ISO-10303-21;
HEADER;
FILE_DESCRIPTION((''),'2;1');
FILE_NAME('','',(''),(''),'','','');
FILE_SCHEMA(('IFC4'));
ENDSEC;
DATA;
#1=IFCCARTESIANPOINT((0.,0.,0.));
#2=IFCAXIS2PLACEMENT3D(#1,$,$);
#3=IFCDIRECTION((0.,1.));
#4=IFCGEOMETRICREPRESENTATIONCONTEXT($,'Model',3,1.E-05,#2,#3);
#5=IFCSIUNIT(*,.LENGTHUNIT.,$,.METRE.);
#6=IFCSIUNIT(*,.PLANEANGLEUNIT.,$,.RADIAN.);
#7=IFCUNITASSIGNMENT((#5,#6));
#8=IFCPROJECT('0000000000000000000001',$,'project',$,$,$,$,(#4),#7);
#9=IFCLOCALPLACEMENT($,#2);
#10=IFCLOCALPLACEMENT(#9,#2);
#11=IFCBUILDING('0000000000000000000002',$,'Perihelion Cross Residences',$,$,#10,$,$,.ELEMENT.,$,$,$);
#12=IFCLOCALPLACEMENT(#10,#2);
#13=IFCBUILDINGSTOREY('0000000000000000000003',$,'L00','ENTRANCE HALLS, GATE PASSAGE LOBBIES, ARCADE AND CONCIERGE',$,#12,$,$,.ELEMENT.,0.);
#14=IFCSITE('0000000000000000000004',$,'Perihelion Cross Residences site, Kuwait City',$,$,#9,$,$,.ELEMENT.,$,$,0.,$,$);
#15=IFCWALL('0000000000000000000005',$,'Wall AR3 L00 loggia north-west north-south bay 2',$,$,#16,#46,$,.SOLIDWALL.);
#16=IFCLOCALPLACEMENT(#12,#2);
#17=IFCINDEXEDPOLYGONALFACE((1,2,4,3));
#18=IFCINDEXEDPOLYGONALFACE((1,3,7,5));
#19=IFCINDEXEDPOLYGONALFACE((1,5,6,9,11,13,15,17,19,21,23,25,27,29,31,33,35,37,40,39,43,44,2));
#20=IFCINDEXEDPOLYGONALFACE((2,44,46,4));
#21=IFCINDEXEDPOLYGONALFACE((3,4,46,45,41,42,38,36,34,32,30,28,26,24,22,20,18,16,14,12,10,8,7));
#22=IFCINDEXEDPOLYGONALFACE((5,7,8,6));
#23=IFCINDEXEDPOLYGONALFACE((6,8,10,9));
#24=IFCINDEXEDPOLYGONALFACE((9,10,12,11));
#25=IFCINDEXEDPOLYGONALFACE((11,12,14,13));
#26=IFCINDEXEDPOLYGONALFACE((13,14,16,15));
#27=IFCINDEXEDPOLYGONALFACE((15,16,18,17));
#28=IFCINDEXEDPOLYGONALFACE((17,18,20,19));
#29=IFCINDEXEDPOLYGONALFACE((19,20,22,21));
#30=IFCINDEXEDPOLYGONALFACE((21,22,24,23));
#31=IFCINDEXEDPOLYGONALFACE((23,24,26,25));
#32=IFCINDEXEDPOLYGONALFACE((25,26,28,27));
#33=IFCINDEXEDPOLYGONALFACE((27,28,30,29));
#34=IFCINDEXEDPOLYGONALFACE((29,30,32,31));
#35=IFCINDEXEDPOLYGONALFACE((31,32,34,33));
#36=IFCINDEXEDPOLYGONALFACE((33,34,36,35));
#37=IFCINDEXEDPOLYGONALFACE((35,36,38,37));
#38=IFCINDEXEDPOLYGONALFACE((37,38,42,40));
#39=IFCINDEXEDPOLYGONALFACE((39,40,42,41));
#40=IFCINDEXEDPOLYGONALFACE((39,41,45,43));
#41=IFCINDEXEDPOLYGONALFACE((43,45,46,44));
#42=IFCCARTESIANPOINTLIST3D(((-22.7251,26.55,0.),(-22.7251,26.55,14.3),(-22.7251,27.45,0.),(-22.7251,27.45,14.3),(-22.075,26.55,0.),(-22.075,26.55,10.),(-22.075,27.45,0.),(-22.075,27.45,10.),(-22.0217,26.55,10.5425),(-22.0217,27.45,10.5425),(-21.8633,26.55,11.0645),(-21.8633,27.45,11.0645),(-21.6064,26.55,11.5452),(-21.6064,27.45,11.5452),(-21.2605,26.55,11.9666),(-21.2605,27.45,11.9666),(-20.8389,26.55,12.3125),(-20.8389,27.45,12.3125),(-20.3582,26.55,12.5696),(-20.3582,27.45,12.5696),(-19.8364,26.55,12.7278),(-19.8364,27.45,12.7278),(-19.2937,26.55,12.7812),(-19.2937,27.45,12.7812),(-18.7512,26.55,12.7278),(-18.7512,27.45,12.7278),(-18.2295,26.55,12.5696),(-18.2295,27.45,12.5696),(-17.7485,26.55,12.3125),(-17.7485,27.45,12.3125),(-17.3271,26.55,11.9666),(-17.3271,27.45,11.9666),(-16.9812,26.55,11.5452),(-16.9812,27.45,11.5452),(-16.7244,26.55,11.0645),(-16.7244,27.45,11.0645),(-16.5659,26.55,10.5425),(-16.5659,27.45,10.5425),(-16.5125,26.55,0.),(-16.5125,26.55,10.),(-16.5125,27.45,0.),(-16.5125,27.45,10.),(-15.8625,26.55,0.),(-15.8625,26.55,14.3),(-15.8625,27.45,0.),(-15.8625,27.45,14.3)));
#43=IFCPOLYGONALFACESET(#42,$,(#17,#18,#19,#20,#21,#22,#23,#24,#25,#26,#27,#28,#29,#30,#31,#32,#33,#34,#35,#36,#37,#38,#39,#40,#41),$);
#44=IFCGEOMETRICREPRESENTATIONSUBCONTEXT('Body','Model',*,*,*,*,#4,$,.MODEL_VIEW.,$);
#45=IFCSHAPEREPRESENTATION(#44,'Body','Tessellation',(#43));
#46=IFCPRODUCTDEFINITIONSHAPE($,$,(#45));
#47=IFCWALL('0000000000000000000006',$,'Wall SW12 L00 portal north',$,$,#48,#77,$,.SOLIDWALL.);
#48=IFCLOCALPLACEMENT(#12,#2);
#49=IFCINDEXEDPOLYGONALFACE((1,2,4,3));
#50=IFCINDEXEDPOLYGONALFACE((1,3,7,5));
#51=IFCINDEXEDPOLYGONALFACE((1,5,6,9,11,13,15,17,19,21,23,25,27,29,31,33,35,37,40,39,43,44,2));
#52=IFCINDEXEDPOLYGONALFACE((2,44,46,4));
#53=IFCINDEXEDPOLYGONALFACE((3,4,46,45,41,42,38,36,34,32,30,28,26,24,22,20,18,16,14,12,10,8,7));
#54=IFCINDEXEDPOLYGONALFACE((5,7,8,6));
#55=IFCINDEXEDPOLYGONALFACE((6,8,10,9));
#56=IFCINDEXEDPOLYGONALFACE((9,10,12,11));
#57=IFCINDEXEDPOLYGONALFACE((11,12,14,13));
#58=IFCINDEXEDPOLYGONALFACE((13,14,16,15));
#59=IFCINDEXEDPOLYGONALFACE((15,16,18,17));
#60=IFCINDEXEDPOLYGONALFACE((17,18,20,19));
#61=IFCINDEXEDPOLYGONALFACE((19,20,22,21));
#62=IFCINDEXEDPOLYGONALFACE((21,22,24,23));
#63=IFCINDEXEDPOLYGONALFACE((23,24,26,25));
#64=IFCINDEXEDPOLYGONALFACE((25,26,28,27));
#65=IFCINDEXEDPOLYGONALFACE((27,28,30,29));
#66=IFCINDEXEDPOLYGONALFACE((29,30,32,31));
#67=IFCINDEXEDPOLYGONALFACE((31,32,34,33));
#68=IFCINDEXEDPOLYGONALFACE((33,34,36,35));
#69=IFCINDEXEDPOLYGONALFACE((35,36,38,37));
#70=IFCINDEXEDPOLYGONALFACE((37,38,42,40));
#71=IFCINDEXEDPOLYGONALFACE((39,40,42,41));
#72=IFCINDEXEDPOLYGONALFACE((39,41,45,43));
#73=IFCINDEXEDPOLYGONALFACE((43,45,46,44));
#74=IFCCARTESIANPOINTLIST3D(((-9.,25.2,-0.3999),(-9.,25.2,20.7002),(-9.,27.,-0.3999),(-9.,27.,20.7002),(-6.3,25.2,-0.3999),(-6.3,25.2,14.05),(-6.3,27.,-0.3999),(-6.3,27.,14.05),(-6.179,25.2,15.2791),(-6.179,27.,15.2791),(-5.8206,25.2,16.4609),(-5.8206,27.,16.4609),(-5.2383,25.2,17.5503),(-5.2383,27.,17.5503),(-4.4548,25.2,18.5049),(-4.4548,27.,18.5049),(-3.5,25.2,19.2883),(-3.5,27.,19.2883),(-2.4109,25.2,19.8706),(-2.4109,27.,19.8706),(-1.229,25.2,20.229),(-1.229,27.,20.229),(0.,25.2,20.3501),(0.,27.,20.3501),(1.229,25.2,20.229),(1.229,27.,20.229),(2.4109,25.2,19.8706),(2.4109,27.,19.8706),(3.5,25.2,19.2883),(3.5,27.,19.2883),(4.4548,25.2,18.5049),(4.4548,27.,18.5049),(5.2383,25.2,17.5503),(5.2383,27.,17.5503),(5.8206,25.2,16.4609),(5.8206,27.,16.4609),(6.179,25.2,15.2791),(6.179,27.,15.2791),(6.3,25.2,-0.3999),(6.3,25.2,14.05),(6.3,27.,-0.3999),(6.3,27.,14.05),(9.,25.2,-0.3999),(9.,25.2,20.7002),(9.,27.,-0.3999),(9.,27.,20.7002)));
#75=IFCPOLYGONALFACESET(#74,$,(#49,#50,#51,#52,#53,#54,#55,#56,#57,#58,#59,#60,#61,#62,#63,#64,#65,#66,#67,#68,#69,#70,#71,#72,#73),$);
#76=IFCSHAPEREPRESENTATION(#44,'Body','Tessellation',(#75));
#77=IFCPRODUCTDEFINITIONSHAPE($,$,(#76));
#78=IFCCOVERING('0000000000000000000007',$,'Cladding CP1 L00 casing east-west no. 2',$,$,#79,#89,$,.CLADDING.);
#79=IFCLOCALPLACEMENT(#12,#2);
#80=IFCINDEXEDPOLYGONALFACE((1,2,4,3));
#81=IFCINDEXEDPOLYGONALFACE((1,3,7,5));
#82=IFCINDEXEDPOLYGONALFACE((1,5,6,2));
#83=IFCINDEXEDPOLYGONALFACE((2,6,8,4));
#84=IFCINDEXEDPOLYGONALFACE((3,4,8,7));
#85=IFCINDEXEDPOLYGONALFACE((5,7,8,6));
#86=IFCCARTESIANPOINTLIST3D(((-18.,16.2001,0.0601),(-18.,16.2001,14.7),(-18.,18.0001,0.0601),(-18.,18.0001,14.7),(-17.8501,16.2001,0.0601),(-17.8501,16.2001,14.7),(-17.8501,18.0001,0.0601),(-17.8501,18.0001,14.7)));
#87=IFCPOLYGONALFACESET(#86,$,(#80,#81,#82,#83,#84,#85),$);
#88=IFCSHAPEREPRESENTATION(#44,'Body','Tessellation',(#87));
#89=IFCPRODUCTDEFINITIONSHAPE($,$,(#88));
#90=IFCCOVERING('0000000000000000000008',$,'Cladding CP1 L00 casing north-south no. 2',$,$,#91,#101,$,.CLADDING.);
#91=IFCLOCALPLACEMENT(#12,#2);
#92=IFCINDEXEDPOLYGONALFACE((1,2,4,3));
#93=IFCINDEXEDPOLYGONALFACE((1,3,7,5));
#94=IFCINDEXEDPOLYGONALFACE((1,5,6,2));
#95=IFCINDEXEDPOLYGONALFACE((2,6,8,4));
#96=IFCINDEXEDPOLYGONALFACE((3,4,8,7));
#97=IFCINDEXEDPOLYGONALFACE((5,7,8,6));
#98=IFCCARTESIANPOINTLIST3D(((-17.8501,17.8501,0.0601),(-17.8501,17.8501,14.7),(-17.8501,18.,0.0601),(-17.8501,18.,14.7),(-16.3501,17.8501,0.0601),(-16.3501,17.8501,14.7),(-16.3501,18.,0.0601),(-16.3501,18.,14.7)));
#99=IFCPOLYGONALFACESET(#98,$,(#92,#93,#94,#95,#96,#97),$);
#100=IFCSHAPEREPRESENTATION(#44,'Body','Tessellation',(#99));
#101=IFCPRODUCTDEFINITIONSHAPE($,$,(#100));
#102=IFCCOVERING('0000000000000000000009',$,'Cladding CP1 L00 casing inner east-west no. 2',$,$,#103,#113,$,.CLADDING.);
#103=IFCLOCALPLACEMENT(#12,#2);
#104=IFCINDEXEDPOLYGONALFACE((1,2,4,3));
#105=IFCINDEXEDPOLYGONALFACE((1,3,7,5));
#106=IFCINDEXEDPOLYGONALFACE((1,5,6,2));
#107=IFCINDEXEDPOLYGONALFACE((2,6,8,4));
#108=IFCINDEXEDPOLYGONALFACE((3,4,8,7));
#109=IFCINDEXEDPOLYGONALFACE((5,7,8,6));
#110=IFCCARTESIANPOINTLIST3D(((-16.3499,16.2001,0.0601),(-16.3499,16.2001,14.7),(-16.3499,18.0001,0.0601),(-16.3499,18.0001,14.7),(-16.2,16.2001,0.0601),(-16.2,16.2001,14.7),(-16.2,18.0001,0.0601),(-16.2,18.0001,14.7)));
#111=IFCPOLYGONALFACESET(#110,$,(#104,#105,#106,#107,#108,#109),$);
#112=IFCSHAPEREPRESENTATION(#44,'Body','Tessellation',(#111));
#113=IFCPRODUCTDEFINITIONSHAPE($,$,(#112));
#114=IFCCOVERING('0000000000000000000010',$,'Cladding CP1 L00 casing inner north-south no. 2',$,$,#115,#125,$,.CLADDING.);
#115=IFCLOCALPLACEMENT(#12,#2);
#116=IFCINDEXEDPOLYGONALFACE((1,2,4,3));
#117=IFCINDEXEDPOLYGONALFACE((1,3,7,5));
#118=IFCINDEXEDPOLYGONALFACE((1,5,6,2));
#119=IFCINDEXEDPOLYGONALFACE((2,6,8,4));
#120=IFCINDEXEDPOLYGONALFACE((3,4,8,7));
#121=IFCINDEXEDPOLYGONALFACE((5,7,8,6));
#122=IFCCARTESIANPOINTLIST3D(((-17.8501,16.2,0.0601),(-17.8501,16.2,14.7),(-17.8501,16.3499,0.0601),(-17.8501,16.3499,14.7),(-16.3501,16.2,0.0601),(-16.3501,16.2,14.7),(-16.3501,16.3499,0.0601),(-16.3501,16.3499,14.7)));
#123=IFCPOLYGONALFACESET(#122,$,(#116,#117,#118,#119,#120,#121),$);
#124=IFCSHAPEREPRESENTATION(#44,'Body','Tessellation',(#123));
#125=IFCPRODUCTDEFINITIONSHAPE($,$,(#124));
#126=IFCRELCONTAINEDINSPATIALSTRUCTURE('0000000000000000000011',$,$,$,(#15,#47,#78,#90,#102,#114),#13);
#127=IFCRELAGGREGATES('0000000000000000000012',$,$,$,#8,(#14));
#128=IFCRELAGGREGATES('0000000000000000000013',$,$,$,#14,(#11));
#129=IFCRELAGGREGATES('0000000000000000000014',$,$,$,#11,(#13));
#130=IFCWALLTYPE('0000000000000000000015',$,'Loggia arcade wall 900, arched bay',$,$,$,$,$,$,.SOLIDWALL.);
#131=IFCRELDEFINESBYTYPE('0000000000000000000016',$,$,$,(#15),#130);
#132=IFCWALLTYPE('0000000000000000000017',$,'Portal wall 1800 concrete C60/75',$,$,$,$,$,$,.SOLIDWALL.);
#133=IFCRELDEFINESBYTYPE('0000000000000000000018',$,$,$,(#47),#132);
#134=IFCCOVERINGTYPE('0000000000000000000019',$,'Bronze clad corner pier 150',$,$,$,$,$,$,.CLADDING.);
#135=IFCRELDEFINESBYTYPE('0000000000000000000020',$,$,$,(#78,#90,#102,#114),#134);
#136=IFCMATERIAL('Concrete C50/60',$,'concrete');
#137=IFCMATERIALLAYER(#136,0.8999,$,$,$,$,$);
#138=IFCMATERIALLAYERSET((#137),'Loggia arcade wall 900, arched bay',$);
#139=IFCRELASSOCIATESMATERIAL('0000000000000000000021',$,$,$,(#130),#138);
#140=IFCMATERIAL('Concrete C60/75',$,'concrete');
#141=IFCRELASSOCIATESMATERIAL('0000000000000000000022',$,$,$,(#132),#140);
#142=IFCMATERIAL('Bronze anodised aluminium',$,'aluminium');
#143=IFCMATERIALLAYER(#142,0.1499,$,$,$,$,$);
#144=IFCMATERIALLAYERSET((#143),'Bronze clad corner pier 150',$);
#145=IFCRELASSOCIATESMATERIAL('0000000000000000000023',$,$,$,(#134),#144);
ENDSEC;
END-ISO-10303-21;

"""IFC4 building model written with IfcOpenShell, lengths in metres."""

from ifc_helpers import new_model, si_unit, direction, frame, origin, origin_2d, place, context, subcontext, project, spatial, polyline, rectangle, outline, extrude, material, layer, layer_set, material_profile, profile_set, type_object, element, save


model = new_model("IFC4")

# Units and contexts
model_context = context("Model", 3, precision=1e-05, world=origin(), true_north=direction((0.0, 1.0)))
body_context = subcontext(model_context, "Body", "Model", "MODEL_VIEW")
ifc_project = project(units=[si_unit("LENGTHUNIT", "METRE"), si_unit("PLANEANGLEUNIT", "RADIAN")], contexts=[model_context])

# Site, building, storey
site_placement = place(None, origin())
site = spatial("IfcSite", under=ifc_project, at=site_placement, Name="Perihelion Cross Residences site, Kuwait City", CompositionType="ELEMENT", RefElevation=0.0)
building_placement = place(site_placement, origin())
building = spatial("IfcBuilding", under=site, at=building_placement, Name="Perihelion Cross Residences", CompositionType="ELEMENT")
storey_placement = place(building_placement, origin())
storey = spatial("IfcBuildingStorey", under=building, at=storey_placement, Name="L00", Description="ENTRANCE HALLS, GATE PASSAGE LOBBIES, ARCADE AND CONCIERGE", CompositionType="ELEMENT", Elevation=0.0)

# Walls
ifc_material_1 = material(Name="Concrete C50/60", Category="concrete")
ifc_layer_1 = layer(ifc_material_1, 0.8999)
ifc_layer_set_1 = layer_set([ifc_layer_1], Name="Loggia arcade wall 900, arched bay")
wall_type_1 = type_object("IfcWallType", Name="Loggia arcade wall 900, arched bay", PredefinedType="SOLIDWALL", material=ifc_layer_set_1)
for number, where, z_axis, x_axis, name in (
    (1, (-15.8625, 26.55, 0.0), (0.0, 1.0, 0.0), (-1.0, 0.0, 0.0), "Wall AR3 L00 loggia north-west north-south bay 2"),
):
    element("IfcWall", number, at=place(storey_placement, frame(where, z_axis=z_axis, x_axis=x_axis)), inside=storey, type_object=wall_type_1, Name=name, PredefinedType="SOLIDWALL", context=body_context, shape_type="SweptSolid", body=[
        extrude(outline(polyline([(0.0, 0.0), (0.6499, 0.0), (0.6499, 10.0), (0.7034, 10.5425), (0.8618, 11.0645), (1.1187, 11.5452), (1.4646, 11.9666), (1.886, 12.3125), (2.3669, 12.5696), (2.8887, 12.7278), (3.4312, 12.7812), (3.9739, 12.7278), (4.4956, 12.5696), (4.9763, 12.3125), (5.3979, 11.9666), (5.7439, 11.5452), (6.0007, 11.0645), (6.1592, 10.5425), (6.2124, 10.0), (6.2124, 0.0), (6.8625, 0.0), (6.8625, 14.3), (0.0, 14.3), (0.0, 0.0)])), origin(), (0.0, 0.0, 1.0), 0.8999),
    ])
ifc_material_2 = material(Name="Concrete C60/75", Category="concrete")
ifc_material_profile_1 = material_profile(ifc_material_2, outline(polyline([(9.0, 21.1001), (-9.0, 21.1001), (-9.0, 0.0), (-6.3, 0.0), (-6.3, 14.45), (-6.179, 15.679), (-5.8206, 16.8608), (-5.2383, 17.9502), (-4.4548, 18.9048), (-3.5, 19.6882), (-2.4109, 20.2705), (-1.229, 20.6289), (0.0, 20.75), (1.229, 20.6289), (2.4109, 20.2705), (3.5, 19.6882), (4.4548, 18.9048), (5.2383, 17.9502), (5.8206, 16.8608), (6.179, 15.679), (6.3, 14.45), (6.3, 0.0), (9.0, 0.0), (9.0, 21.1001)])), Name="Portal wall")
ifc_profile_set_1 = profile_set([ifc_material_profile_1], Name="Concrete C60/75")
wall_type_2 = type_object("IfcWallType", Name="Portal wall 1800 concrete C60/75", PredefinedType="SOLIDWALL", material=ifc_profile_set_1)
wall_1_placement = place(storey_placement, frame((0.0, 25.2, -0.3999), z_axis=(0.0, 1.0, 0.0), x_axis=(-1.0, 0.0, 0.0)))
element("IfcWall", 2, at=wall_1_placement, inside=storey, type_object=wall_type_2, Name="Wall SW12 L00 portal north", PredefinedType="SOLIDWALL", context=body_context, shape_type="SweptSolid", body=[
    extrude(outline(polyline([(9.0, 21.1001), (-9.0, 21.1001), (-9.0, 0.0), (-6.3, 0.0), (-6.3, 14.45), (-6.179, 15.679), (-5.8206, 16.8608), (-5.2383, 17.9502), (-4.4548, 18.9048), (-3.5, 19.6882), (-2.4109, 20.2705), (-1.229, 20.6289), (0.0, 20.75), (1.229, 20.6289), (2.4109, 20.2705), (3.5, 19.6882), (4.4548, 18.9048), (5.2383, 17.9502), (5.8206, 16.8608), (6.179, 15.679), (6.3, 14.45), (6.3, 0.0), (9.0, 0.0), (9.0, 21.1001)])), origin(), (0.0, 0.0, 1.0), 1.8),
])

# Coverings
ifc_material_3 = material(Name="Bronze anodised aluminium", Category="aluminium")
ifc_layer_2 = layer(ifc_material_3, 0.1499)
ifc_layer_set_2 = layer_set([ifc_layer_2], Name="Bronze clad corner pier 150")
covering_type = type_object("IfcCoveringType", Name="Bronze clad corner pier 150", PredefinedType="CLADDING", material=ifc_layer_set_2)
covering_1_placement = place(storey_placement, frame((-17.925, 17.1001, 0.0601), z_axis=(0.0, 0.0, 1.0), x_axis=(1.0, 0.0, 0.0)))
element("IfcCovering", 3, at=covering_1_placement, inside=storey, type_object=covering_type, Name="Cladding CP1 L00 casing east-west no. 2", PredefinedType="CLADDING", context=body_context, shape_type="SweptSolid", body=[
    extrude(rectangle(XDim=0.1499, YDim=1.8, at=origin_2d()), origin(), (0.0, 0.0, 1.0), 14.6399),
])
covering_2_placement = place(storey_placement, frame((-17.1001, 17.925, 0.0601), z_axis=(0.0, 0.0, 1.0), x_axis=(1.0, 0.0, 0.0)))
element("IfcCovering", 4, at=covering_2_placement, inside=storey, type_object=covering_type, Name="Cladding CP1 L00 casing north-south no. 2", PredefinedType="CLADDING", context=body_context, shape_type="SweptSolid", body=[
    extrude(rectangle(XDim=1.5, YDim=0.1499, at=origin_2d()), origin(), (0.0, 0.0, 1.0), 14.6399),
])
covering_3_placement = place(storey_placement, frame((-16.2749, 17.1001, 0.0601), z_axis=(0.0, 0.0, 1.0), x_axis=(1.0, 0.0, 0.0)))
element("IfcCovering", 5, at=covering_3_placement, inside=storey, type_object=covering_type, Name="Cladding CP1 L00 casing inner east-west no. 2", PredefinedType="CLADDING", context=body_context, shape_type="SweptSolid", body=[
    extrude(rectangle(XDim=0.1499, YDim=1.8, at=origin_2d()), origin(), (0.0, 0.0, 1.0), 14.6399),
])
covering_4_placement = place(storey_placement, frame((-17.1001, 16.2749, 0.0601), z_axis=(0.0, 0.0, 1.0), x_axis=(1.0, 0.0, 0.0)))
element("IfcCovering", 6, at=covering_4_placement, inside=storey, type_object=covering_type, Name="Cladding CP1 L00 casing inner north-south no. 2", PredefinedType="CLADDING", context=body_context, shape_type="SweptSolid", body=[
    extrude(rectangle(XDim=1.5, YDim=0.1499, at=origin_2d()), origin(), (0.0, 0.0, 1.0), 14.6399),
])

save(model, "model.ifc")
